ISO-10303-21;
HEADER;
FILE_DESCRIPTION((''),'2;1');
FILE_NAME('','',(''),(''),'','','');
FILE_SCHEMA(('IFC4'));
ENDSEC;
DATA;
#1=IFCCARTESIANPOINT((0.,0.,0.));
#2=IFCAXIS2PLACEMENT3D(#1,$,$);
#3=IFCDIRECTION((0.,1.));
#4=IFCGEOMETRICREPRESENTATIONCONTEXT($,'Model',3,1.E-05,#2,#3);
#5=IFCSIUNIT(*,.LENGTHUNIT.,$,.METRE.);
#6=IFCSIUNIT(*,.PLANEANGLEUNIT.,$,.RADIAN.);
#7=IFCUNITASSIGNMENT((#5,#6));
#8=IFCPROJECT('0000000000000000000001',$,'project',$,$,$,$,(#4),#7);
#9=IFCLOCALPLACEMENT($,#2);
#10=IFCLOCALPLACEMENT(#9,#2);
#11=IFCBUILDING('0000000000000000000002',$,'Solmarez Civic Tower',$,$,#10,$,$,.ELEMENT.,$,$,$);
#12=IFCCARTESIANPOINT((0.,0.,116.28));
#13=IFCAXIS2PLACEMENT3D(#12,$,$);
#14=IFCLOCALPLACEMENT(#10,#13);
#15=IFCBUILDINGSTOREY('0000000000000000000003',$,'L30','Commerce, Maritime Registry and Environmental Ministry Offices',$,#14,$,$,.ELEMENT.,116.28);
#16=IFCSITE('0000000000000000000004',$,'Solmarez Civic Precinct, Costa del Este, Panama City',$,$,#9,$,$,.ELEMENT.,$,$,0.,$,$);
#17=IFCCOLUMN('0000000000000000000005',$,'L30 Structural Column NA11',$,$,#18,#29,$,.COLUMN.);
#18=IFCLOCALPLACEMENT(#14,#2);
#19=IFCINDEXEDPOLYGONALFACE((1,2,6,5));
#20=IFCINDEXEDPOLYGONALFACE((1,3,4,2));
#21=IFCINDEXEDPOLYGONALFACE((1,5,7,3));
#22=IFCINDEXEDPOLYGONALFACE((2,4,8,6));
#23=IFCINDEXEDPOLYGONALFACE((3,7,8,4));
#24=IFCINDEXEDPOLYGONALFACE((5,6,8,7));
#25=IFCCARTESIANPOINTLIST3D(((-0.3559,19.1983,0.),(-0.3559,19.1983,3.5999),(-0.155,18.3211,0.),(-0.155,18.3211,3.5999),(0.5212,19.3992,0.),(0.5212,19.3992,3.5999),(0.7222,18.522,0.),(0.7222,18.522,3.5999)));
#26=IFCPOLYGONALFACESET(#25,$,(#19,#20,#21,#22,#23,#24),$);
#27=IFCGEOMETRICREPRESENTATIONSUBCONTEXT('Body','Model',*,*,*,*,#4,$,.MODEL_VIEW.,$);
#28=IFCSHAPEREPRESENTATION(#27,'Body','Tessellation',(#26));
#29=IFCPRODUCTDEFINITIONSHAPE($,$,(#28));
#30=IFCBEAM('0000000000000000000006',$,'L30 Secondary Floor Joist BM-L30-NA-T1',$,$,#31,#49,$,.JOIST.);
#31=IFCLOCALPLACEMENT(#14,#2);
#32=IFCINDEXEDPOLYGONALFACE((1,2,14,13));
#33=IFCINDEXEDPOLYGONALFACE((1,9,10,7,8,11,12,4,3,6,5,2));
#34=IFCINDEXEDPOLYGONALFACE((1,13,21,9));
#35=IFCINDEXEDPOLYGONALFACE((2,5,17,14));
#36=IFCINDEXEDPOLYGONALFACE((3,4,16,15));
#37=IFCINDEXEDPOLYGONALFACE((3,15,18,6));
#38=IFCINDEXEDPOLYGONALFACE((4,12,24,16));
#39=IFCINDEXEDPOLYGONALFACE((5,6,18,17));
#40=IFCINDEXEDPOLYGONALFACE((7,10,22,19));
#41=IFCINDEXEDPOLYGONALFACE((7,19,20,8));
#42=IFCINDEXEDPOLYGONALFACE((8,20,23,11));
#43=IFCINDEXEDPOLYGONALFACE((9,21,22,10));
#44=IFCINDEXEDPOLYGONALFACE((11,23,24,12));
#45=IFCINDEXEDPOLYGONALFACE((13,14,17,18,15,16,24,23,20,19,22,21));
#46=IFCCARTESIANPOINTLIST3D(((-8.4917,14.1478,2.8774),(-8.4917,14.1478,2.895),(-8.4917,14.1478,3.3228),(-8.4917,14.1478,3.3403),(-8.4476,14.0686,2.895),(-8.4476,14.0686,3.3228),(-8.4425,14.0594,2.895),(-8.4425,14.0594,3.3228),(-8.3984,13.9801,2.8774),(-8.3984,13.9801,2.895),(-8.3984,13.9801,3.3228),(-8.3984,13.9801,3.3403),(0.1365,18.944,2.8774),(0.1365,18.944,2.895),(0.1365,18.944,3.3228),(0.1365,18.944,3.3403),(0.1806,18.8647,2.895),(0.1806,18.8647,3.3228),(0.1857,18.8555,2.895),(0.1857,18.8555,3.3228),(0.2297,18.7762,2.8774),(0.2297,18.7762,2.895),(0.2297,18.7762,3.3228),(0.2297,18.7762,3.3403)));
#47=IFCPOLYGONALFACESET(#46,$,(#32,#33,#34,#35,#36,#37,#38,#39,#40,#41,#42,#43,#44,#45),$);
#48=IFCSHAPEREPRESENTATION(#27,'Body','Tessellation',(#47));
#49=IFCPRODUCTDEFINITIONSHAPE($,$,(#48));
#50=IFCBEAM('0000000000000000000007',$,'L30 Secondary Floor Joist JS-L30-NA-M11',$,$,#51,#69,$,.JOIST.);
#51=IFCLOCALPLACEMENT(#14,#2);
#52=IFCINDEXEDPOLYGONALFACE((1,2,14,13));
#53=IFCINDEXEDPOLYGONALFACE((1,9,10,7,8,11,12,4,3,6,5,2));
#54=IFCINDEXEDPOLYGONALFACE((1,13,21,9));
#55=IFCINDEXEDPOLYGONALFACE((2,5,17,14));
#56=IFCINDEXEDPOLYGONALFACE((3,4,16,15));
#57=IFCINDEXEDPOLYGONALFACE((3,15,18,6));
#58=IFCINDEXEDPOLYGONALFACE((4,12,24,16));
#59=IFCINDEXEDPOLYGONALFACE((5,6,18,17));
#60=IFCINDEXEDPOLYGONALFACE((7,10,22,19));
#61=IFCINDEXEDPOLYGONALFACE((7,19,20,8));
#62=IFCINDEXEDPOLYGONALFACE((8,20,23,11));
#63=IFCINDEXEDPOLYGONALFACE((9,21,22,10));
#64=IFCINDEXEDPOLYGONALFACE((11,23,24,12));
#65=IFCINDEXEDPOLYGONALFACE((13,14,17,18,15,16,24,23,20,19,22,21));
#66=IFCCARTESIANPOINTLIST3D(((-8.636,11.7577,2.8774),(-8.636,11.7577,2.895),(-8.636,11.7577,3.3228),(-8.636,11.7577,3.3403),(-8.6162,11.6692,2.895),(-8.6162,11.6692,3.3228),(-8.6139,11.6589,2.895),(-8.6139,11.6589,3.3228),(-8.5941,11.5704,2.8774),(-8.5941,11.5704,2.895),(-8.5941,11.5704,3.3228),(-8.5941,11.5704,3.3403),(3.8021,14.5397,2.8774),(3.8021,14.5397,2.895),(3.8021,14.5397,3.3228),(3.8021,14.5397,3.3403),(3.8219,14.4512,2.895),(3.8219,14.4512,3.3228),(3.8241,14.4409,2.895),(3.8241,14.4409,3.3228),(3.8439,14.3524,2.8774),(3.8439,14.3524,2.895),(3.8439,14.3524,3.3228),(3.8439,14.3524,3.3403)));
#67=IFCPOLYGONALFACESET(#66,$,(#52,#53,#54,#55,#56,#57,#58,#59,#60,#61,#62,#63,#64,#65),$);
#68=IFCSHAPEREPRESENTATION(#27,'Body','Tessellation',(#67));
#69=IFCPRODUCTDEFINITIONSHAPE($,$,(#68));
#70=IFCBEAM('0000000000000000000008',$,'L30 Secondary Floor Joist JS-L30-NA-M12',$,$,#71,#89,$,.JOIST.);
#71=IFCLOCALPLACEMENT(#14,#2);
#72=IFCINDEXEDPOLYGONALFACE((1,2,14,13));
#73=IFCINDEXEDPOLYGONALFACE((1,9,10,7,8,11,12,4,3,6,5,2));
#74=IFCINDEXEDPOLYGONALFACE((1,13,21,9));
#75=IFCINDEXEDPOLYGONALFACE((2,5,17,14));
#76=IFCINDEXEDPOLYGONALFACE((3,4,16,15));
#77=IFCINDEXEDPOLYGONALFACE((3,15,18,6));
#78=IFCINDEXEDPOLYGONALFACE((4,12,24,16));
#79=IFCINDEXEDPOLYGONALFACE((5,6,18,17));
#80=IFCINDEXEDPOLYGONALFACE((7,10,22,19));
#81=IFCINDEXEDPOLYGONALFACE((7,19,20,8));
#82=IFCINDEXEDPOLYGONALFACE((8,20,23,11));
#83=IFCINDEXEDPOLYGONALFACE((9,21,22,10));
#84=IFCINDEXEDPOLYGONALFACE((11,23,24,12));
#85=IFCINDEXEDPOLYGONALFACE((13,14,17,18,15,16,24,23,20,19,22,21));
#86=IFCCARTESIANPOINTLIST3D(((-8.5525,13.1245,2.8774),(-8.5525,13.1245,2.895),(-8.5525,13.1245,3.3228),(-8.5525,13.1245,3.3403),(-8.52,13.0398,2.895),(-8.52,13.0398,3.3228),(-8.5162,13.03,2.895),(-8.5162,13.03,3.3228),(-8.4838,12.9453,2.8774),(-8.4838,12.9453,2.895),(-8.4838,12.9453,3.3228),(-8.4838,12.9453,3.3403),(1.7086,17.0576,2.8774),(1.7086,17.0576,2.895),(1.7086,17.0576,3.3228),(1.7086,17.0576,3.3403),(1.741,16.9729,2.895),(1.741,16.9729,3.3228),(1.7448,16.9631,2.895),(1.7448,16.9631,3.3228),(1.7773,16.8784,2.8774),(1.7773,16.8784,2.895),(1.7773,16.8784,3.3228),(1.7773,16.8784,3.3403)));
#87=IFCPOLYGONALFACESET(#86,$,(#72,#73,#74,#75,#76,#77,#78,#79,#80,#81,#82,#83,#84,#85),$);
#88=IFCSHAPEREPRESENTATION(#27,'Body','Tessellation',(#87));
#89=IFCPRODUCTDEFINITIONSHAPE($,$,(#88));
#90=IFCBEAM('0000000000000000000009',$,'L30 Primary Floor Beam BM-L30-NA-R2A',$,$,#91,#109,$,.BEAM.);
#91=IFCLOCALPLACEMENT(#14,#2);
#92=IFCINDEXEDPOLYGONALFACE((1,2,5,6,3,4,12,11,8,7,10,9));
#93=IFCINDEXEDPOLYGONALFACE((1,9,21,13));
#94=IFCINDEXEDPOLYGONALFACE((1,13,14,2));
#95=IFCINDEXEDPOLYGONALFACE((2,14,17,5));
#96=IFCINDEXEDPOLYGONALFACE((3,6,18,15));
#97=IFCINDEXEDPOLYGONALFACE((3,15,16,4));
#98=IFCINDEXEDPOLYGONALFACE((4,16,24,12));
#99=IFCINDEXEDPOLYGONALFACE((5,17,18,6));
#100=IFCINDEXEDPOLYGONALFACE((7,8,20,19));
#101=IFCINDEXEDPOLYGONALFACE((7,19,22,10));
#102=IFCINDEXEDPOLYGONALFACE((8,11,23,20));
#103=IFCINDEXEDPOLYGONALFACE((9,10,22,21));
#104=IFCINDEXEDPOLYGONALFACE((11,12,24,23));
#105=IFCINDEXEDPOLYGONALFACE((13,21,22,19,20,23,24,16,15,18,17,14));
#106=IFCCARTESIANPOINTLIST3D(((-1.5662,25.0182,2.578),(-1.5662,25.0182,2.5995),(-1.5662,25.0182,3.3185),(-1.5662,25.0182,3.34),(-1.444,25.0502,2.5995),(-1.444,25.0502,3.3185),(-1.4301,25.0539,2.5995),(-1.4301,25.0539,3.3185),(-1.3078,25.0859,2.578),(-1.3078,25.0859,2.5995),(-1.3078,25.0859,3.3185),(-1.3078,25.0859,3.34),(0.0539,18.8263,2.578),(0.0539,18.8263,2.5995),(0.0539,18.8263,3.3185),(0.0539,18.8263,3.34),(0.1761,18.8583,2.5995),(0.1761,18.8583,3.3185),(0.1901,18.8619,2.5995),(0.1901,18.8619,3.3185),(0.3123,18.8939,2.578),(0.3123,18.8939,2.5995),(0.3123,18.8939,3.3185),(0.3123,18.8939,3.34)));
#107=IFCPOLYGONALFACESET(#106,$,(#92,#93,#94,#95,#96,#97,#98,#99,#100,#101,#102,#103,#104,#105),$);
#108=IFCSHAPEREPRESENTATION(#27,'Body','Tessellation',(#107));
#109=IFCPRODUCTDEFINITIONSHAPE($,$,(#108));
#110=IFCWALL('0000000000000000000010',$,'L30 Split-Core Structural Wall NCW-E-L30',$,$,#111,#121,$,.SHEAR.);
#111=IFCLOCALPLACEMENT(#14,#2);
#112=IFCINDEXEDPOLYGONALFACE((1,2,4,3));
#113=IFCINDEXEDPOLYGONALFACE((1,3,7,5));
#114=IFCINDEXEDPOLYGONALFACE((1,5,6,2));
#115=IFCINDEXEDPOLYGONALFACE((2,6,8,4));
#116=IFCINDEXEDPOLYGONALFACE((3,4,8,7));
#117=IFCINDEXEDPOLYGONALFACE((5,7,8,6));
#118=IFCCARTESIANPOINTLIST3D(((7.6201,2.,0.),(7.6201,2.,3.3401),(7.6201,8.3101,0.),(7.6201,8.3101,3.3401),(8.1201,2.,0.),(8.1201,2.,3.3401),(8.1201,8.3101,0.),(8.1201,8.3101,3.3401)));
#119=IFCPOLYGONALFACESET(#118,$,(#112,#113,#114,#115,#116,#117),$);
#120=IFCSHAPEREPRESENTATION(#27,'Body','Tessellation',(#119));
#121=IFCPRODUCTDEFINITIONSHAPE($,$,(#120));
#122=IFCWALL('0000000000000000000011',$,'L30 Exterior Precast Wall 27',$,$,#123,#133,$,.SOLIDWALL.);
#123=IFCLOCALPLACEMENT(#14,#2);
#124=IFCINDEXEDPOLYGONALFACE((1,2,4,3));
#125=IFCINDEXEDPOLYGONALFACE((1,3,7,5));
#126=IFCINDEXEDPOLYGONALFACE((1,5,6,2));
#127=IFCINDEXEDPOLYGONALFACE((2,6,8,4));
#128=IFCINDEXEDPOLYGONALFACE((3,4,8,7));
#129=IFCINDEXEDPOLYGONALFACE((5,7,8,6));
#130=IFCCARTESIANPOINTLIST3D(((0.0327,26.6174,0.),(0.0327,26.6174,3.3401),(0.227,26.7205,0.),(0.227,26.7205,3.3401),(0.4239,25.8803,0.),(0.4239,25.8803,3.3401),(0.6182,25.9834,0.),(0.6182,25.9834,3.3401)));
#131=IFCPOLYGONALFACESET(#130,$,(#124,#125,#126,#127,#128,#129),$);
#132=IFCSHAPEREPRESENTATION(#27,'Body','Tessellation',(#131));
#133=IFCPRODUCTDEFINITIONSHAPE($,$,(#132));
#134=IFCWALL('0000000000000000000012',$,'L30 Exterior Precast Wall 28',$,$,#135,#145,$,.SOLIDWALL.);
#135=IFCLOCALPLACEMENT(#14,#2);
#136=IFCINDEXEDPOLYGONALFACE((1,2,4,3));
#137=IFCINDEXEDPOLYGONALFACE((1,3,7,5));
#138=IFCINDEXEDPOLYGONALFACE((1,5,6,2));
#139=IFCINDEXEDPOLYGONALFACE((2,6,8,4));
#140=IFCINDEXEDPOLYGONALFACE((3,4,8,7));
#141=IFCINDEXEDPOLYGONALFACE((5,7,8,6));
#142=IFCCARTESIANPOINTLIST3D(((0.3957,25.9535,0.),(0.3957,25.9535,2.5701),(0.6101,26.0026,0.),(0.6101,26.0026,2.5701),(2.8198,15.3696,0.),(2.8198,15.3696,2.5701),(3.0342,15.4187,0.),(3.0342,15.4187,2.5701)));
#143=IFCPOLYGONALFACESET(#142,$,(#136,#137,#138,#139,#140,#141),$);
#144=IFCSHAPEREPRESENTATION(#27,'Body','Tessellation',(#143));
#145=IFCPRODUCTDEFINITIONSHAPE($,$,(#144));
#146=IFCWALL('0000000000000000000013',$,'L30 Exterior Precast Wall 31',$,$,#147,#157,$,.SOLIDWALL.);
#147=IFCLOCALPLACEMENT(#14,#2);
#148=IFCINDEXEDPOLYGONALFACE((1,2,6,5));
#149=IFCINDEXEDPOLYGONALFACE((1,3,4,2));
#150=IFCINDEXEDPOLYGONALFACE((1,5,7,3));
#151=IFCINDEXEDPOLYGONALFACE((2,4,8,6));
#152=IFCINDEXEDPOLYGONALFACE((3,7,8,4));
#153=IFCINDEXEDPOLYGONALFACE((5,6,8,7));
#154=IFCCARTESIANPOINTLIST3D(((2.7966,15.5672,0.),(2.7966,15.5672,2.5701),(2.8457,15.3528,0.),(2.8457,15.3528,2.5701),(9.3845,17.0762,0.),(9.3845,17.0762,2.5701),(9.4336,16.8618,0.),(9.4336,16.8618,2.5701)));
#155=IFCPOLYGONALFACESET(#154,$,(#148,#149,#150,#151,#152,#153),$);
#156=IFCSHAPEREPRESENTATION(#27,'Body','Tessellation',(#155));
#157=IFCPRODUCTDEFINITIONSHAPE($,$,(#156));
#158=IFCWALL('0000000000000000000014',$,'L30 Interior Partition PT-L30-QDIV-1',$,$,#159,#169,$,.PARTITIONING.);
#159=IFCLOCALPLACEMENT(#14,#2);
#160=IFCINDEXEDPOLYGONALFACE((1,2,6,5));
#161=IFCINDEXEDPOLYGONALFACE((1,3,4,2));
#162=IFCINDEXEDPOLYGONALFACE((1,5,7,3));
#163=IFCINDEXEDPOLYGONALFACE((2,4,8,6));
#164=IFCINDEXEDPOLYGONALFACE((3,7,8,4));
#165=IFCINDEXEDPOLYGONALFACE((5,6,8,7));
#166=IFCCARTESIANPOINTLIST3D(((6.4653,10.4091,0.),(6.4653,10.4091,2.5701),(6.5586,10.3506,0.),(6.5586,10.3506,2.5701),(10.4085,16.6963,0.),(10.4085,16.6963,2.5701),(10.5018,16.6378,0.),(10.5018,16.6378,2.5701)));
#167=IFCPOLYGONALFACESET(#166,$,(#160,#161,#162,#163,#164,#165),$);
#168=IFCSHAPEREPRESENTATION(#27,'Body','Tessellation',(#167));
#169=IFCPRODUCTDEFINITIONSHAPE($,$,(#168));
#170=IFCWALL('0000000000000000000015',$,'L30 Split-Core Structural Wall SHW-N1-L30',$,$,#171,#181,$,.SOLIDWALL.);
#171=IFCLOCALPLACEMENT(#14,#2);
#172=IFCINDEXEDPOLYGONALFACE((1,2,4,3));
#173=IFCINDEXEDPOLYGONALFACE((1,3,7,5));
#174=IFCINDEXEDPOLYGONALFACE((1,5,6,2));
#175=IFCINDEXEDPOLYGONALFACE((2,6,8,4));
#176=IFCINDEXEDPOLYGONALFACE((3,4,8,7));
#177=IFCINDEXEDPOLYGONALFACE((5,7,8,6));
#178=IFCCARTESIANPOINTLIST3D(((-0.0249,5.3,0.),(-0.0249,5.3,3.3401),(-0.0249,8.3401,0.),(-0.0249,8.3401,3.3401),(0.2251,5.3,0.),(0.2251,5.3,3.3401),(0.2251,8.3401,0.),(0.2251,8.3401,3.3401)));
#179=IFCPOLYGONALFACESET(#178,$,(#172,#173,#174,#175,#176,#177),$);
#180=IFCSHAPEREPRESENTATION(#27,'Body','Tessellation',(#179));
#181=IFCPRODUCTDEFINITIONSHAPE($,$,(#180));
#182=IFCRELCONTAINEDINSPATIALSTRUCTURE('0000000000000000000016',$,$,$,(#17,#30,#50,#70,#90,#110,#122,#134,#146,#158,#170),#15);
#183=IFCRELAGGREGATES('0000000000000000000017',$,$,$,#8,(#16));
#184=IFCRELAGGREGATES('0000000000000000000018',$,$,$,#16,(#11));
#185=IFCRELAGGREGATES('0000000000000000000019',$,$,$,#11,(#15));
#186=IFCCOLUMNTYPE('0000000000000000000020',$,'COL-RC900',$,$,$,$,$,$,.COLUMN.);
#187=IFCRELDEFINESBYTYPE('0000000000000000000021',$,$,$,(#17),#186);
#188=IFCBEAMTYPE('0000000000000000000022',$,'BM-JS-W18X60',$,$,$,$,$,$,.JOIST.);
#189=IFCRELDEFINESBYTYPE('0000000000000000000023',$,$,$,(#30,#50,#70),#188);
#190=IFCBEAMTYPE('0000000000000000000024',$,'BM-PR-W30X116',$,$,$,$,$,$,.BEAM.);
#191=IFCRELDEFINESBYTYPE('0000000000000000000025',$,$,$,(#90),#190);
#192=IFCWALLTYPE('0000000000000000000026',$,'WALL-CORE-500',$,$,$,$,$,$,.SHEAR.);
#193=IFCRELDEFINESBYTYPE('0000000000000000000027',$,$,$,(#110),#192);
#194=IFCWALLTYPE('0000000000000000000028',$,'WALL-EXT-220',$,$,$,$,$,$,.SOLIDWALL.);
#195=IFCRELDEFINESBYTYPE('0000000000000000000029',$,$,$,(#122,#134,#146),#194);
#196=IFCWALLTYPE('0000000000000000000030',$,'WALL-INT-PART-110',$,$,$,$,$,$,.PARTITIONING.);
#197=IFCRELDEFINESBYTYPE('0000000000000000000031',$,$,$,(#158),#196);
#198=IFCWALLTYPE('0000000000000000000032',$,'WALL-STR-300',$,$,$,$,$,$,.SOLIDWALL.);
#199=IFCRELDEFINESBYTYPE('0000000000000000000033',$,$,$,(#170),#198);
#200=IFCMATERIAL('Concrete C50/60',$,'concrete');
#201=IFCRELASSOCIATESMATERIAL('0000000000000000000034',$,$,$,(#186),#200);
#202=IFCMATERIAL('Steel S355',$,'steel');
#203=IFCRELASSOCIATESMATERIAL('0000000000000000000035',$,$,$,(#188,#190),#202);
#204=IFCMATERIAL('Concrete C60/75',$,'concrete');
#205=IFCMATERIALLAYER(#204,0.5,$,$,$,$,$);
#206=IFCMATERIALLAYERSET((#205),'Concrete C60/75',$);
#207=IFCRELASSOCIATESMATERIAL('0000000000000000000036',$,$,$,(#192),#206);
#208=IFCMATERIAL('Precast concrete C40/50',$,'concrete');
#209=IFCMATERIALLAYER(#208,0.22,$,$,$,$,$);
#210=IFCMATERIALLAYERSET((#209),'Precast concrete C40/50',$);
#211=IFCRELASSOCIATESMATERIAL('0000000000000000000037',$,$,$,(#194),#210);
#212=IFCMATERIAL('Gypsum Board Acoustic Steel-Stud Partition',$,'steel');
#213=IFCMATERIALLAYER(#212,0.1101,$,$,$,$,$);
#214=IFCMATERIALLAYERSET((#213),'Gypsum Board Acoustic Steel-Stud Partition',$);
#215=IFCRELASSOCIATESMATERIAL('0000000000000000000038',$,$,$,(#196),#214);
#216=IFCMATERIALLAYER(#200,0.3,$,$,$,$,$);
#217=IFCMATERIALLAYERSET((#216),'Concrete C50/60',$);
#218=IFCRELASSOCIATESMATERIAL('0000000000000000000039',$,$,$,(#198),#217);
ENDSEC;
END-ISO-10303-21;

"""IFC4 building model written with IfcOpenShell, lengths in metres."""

from ifc_helpers import new_model, si_unit, direction, frame, frame_2d, origin, origin_2d, place, context, subcontext, project, spatial, rectangle, i_section, extrude, material, layer, layer_set, material_profile, profile_set, type_object, element, save


model = new_model("IFC4")

# Units and contexts
model_context = context("Model", 3, precision=1e-05, world=origin(), true_north=direction((0.0, 1.0)))
body_context = subcontext(model_context, "Body", "Model", "MODEL_VIEW")
ifc_project = project(units=[si_unit("LENGTHUNIT", "METRE"), si_unit("PLANEANGLEUNIT", "RADIAN")], contexts=[model_context])

# Site, building, storey
site_placement = place(None, origin())
site = spatial("IfcSite", under=ifc_project, at=site_placement, Name="Solmarez Civic Precinct, Costa del Este, Panama City", CompositionType="ELEMENT", RefElevation=0.0)
building_placement = place(site_placement, origin())
building = spatial("IfcBuilding", under=site, at=building_placement, Name="Solmarez Civic Tower", CompositionType="ELEMENT")
storey_placement = place(building_placement, frame((0.0, 0.0, 116.28)))
storey = spatial("IfcBuildingStorey", under=building, at=storey_placement, Name="L30", Description="Commerce, Maritime Registry and Environmental Ministry Offices", CompositionType="ELEMENT", Elevation=116.28)

# Column
ifc_material_1 = material(Name="Concrete C50/60", Category="concrete")
ifc_material_profile_1 = material_profile(ifc_material_1, rectangle(XDim=0.8999, YDim=0.8999, at=origin_2d()), Name="RC900X900")
ifc_profile_set_1 = profile_set([ifc_material_profile_1], Name="Concrete C50/60")
column_type = type_object("IfcColumnType", Name="COL-RC900", PredefinedType="COLUMN", material=ifc_profile_set_1)
column_placement = place(storey_placement, frame((0.1831, 18.8601, 0.0), z_axis=(0.0, 0.0, 1.0), x_axis=(0.974761, 0.22325, 0.0)))
element("IfcColumn", 1, at=column_placement, inside=storey, type_object=column_type, Name="L30 Structural Column NA11", PredefinedType="COLUMN", context=body_context, shape_type="SweptSolid", body=[
    extrude(rectangle(XDim=0.8999, YDim=0.8999, at=origin_2d()), origin(), (0.0, 0.0, 1.0), 3.5999),
])

# Beams
ifc_material_2 = material(Name="Steel S355", Category="steel")
ifc_material_profile_2 = material_profile(ifc_material_2, i_section(OverallWidth=0.1919, OverallDepth=0.4629, WebThickness=0.0105, FlangeThickness=0.0176, at=origin_2d()), Name="W18X60")
ifc_profile_set_2 = profile_set([ifc_material_profile_2], Name="Steel S355")
beam_type_1 = type_object("IfcBeamType", Name="BM-JS-W18X60", PredefinedType="JOIST", material=ifc_profile_set_2)
beam_1_placement = place(storey_placement, frame((0.1831, 18.8601, 3.1089), z_axis=(-0.874041, -0.485853, 0.0), x_axis=(0.485853, -0.874041, 0.0)))
element("IfcBeam", 2, at=beam_1_placement, inside=storey, type_object=beam_type_1, Name="L30 Secondary Floor Joist BM-L30-NA-T1", PredefinedType="JOIST", context=body_context, shape_type="SweptSolid", body=[
    extrude(i_section(OverallWidth=0.1919, OverallDepth=0.4629, WebThickness=0.0105, FlangeThickness=0.0176, at=origin_2d()), origin(), (0.0, 0.0, 1.0), 9.8716),
])
beam_2_placement = place(storey_placement, frame((3.823, 14.446, 3.1089), z_axis=(-0.975887, -0.218275, 0.0), x_axis=(0.218275, -0.975887, 0.0)))
element("IfcBeam", 3, at=beam_2_placement, inside=storey, type_object=beam_type_1, Name="L30 Secondary Floor Joist JS-L30-NA-M11", PredefinedType="JOIST", context=body_context, shape_type="SweptSolid", body=[
    extrude(i_section(OverallWidth=0.1919, OverallDepth=0.4629, WebThickness=0.0105, FlangeThickness=0.0176, at=origin_2d()), origin(), (0.0, 0.0, 1.0), 12.7454),
])
beam_3_placement = place(storey_placement, frame((1.7429, 16.968, 3.1089), z_axis=(-0.933754, -0.357914, 0.0), x_axis=(0.357914, -0.933754, 0.0)))
element("IfcBeam", 4, at=beam_3_placement, inside=storey, type_object=beam_type_1, Name="L30 Secondary Floor Joist JS-L30-NA-M12", PredefinedType="JOIST", context=body_context, shape_type="SweptSolid", body=[
    extrude(i_section(OverallWidth=0.1919, OverallDepth=0.4629, WebThickness=0.0105, FlangeThickness=0.0176, at=origin_2d()), origin(), (0.0, 0.0, 1.0), 10.989),
])
ifc_material_profile_3 = material_profile(ifc_material_2, i_section(OverallWidth=0.2671, OverallDepth=0.762, WebThickness=0.0144, FlangeThickness=0.0215, at=origin_2d()), Name="W30X116")
ifc_profile_set_3 = profile_set([ifc_material_profile_3], Name="Steel S355")
beam_type_2 = type_object("IfcBeamType", Name="BM-PR-W30X116", PredefinedType="BEAM", material=ifc_profile_set_3)
beam_4_placement = place(storey_placement, frame((0.1831, 18.8601, 2.959), z_axis=(-0.25313, 0.967432, 0.0), x_axis=(-0.967432, -0.25313, 0.0)))
element("IfcBeam", 5, at=beam_4_placement, inside=storey, type_object=beam_type_2, Name="L30 Primary Floor Beam BM-L30-NA-R2A", PredefinedType="BEAM", context=body_context, shape_type="SweptSolid", body=[
    extrude(i_section(OverallWidth=0.2671, OverallDepth=0.762, WebThickness=0.0144, FlangeThickness=0.0215, at=origin_2d()), origin(), (0.0, 0.0, 1.0), 6.4004),
])

# Walls
ifc_material_3 = material(Name="Concrete C60/75", Category="concrete")
ifc_layer_1 = layer(ifc_material_3, 0.5)
ifc_layer_set_1 = layer_set([ifc_layer_1], Name="Concrete C60/75")
wall_type_1 = type_object("IfcWallType", Name="WALL-CORE-500", PredefinedType="SHEAR", material=ifc_layer_set_1)
wall_1_placement = place(storey_placement, frame((7.8701, 8.3101, 0.0), z_axis=(0.0, 0.0, 1.0), x_axis=(0.0, -1.0, 0.0)))
element("IfcWall", 6, at=wall_1_placement, inside=storey, type_object=wall_type_1, Name="L30 Split-Core Structural Wall NCW-E-L30", PredefinedType="SHEAR", context=body_context, shape_type="SweptSolid", body=[
    extrude(rectangle(XDim=6.3101, YDim=0.5, at=frame_2d((3.155, 0.0))), origin(), (0.0, 0.0, 1.0), 3.3401),
])
ifc_material_4 = material(Name="Precast concrete C40/50", Category="concrete")
ifc_layer_2 = layer(ifc_material_4, 0.22)
ifc_layer_set_2 = layer_set([ifc_layer_2], Name="Precast concrete C40/50")
wall_type_2 = type_object("IfcWallType", Name="WALL-EXT-220", PredefinedType="SOLIDWALL", material=ifc_layer_set_2)
wall_2_placement = place(storey_placement, frame((0.1299, 26.6689, 0.0), z_axis=(0.0, 0.0, 1.0), x_axis=(0.468734, -0.883339, 0.0)))
element("IfcWall", 7, at=wall_2_placement, inside=storey, type_object=wall_type_2, Name="L30 Exterior Precast Wall 27", PredefinedType="SOLIDWALL", context=body_context, shape_type="SweptSolid", body=[
    extrude(rectangle(XDim=0.8345, YDim=0.22, at=frame_2d((0.4172, 0.0))), origin(), (0.0, 0.0, 1.0), 3.3401),
])
wall_3_placement = place(storey_placement, frame((0.5029, 25.978, 0.0), z_axis=(0.0, 0.0, 1.0), x_axis=(0.223252, -0.974761, 0.0)))
element("IfcWall", 8, at=wall_3_placement, inside=storey, type_object=wall_type_2, Name="L30 Exterior Precast Wall 28", PredefinedType="SOLIDWALL", context=body_context, shape_type="SweptSolid", body=[
    extrude(rectangle(XDim=10.8579, YDim=0.22, at=frame_2d((5.429, 0.0))), origin(), (0.0, 0.0, 1.0), 2.5701),
])
wall_4_placement = place(storey_placement, frame((2.821, 15.46, 0.0), z_axis=(0.0, 0.0, 1.0), x_axis=(0.974755, 0.223279, 0.0)))
element("IfcWall", 9, at=wall_4_placement, inside=storey, type_object=wall_type_2, Name="L30 Exterior Precast Wall 31", PredefinedType="SOLIDWALL", context=body_context, shape_type="SweptSolid", body=[
    extrude(rectangle(XDim=6.7585, YDim=0.22, at=frame_2d((3.3794, 0.0))), origin(), (0.0, 0.0, 1.0), 2.5701),
])
ifc_material_5 = material(Name="Gypsum Board Acoustic Steel-Stud Partition", Category="steel")
ifc_layer_3 = layer(ifc_material_5, 0.1101)
ifc_layer_set_3 = layer_set([ifc_layer_3], Name="Gypsum Board Acoustic Steel-Stud Partition")
wall_type_3 = type_object("IfcWallType", Name="WALL-INT-PART-110", PredefinedType="PARTITIONING", material=ifc_layer_set_3)
wall_5_placement = place(storey_placement, frame((6.512, 10.3799, 0.0), z_axis=(0.0, 0.0, 1.0), x_axis=(0.531323, 0.847169, 0.0)))
element("IfcWall", 10, at=wall_5_placement, inside=storey, type_object=wall_type_3, Name="L30 Interior Partition PT-L30-QDIV-1", PredefinedType="PARTITIONING", context=body_context, shape_type="SweptSolid", body=[
    extrude(rectangle(XDim=7.4214, YDim=0.1101, at=frame_2d((3.7107, 0.0))), origin(), (0.0, 0.0, 1.0), 2.5701),
])

# Shared definitions
ifc_layer_4 = layer(ifc_material_1, 0.3)
ifc_layer_set_4 = layer_set([ifc_layer_4], Name="Concrete C50/60")
wall_type_4 = type_object("IfcWallType", Name="WALL-STR-300", PredefinedType="SOLIDWALL", material=ifc_layer_set_4)

# Wall
for number, where, z_axis, x_axis, name in (
    (11, (0.1001, 5.3, 0.0), (0.0, 0.0, 1.0), (0.0, 1.0, 0.0), "L30 Split-Core Structural Wall SHW-N1-L30"),
):
    element("IfcWall", number, at=place(storey_placement, frame(where, z_axis=z_axis, x_axis=x_axis)), inside=storey, type_object=wall_type_4, Name=name, PredefinedType="SOLIDWALL", context=body_context, shape_type="SweptSolid", body=[
        extrude(rectangle(XDim=3.04, YDim=0.25, at=frame_2d((1.52, 0.0))), origin(), (0.0, 0.0, 1.0), 3.3401),
    ])

save(model, "model.ifc")
